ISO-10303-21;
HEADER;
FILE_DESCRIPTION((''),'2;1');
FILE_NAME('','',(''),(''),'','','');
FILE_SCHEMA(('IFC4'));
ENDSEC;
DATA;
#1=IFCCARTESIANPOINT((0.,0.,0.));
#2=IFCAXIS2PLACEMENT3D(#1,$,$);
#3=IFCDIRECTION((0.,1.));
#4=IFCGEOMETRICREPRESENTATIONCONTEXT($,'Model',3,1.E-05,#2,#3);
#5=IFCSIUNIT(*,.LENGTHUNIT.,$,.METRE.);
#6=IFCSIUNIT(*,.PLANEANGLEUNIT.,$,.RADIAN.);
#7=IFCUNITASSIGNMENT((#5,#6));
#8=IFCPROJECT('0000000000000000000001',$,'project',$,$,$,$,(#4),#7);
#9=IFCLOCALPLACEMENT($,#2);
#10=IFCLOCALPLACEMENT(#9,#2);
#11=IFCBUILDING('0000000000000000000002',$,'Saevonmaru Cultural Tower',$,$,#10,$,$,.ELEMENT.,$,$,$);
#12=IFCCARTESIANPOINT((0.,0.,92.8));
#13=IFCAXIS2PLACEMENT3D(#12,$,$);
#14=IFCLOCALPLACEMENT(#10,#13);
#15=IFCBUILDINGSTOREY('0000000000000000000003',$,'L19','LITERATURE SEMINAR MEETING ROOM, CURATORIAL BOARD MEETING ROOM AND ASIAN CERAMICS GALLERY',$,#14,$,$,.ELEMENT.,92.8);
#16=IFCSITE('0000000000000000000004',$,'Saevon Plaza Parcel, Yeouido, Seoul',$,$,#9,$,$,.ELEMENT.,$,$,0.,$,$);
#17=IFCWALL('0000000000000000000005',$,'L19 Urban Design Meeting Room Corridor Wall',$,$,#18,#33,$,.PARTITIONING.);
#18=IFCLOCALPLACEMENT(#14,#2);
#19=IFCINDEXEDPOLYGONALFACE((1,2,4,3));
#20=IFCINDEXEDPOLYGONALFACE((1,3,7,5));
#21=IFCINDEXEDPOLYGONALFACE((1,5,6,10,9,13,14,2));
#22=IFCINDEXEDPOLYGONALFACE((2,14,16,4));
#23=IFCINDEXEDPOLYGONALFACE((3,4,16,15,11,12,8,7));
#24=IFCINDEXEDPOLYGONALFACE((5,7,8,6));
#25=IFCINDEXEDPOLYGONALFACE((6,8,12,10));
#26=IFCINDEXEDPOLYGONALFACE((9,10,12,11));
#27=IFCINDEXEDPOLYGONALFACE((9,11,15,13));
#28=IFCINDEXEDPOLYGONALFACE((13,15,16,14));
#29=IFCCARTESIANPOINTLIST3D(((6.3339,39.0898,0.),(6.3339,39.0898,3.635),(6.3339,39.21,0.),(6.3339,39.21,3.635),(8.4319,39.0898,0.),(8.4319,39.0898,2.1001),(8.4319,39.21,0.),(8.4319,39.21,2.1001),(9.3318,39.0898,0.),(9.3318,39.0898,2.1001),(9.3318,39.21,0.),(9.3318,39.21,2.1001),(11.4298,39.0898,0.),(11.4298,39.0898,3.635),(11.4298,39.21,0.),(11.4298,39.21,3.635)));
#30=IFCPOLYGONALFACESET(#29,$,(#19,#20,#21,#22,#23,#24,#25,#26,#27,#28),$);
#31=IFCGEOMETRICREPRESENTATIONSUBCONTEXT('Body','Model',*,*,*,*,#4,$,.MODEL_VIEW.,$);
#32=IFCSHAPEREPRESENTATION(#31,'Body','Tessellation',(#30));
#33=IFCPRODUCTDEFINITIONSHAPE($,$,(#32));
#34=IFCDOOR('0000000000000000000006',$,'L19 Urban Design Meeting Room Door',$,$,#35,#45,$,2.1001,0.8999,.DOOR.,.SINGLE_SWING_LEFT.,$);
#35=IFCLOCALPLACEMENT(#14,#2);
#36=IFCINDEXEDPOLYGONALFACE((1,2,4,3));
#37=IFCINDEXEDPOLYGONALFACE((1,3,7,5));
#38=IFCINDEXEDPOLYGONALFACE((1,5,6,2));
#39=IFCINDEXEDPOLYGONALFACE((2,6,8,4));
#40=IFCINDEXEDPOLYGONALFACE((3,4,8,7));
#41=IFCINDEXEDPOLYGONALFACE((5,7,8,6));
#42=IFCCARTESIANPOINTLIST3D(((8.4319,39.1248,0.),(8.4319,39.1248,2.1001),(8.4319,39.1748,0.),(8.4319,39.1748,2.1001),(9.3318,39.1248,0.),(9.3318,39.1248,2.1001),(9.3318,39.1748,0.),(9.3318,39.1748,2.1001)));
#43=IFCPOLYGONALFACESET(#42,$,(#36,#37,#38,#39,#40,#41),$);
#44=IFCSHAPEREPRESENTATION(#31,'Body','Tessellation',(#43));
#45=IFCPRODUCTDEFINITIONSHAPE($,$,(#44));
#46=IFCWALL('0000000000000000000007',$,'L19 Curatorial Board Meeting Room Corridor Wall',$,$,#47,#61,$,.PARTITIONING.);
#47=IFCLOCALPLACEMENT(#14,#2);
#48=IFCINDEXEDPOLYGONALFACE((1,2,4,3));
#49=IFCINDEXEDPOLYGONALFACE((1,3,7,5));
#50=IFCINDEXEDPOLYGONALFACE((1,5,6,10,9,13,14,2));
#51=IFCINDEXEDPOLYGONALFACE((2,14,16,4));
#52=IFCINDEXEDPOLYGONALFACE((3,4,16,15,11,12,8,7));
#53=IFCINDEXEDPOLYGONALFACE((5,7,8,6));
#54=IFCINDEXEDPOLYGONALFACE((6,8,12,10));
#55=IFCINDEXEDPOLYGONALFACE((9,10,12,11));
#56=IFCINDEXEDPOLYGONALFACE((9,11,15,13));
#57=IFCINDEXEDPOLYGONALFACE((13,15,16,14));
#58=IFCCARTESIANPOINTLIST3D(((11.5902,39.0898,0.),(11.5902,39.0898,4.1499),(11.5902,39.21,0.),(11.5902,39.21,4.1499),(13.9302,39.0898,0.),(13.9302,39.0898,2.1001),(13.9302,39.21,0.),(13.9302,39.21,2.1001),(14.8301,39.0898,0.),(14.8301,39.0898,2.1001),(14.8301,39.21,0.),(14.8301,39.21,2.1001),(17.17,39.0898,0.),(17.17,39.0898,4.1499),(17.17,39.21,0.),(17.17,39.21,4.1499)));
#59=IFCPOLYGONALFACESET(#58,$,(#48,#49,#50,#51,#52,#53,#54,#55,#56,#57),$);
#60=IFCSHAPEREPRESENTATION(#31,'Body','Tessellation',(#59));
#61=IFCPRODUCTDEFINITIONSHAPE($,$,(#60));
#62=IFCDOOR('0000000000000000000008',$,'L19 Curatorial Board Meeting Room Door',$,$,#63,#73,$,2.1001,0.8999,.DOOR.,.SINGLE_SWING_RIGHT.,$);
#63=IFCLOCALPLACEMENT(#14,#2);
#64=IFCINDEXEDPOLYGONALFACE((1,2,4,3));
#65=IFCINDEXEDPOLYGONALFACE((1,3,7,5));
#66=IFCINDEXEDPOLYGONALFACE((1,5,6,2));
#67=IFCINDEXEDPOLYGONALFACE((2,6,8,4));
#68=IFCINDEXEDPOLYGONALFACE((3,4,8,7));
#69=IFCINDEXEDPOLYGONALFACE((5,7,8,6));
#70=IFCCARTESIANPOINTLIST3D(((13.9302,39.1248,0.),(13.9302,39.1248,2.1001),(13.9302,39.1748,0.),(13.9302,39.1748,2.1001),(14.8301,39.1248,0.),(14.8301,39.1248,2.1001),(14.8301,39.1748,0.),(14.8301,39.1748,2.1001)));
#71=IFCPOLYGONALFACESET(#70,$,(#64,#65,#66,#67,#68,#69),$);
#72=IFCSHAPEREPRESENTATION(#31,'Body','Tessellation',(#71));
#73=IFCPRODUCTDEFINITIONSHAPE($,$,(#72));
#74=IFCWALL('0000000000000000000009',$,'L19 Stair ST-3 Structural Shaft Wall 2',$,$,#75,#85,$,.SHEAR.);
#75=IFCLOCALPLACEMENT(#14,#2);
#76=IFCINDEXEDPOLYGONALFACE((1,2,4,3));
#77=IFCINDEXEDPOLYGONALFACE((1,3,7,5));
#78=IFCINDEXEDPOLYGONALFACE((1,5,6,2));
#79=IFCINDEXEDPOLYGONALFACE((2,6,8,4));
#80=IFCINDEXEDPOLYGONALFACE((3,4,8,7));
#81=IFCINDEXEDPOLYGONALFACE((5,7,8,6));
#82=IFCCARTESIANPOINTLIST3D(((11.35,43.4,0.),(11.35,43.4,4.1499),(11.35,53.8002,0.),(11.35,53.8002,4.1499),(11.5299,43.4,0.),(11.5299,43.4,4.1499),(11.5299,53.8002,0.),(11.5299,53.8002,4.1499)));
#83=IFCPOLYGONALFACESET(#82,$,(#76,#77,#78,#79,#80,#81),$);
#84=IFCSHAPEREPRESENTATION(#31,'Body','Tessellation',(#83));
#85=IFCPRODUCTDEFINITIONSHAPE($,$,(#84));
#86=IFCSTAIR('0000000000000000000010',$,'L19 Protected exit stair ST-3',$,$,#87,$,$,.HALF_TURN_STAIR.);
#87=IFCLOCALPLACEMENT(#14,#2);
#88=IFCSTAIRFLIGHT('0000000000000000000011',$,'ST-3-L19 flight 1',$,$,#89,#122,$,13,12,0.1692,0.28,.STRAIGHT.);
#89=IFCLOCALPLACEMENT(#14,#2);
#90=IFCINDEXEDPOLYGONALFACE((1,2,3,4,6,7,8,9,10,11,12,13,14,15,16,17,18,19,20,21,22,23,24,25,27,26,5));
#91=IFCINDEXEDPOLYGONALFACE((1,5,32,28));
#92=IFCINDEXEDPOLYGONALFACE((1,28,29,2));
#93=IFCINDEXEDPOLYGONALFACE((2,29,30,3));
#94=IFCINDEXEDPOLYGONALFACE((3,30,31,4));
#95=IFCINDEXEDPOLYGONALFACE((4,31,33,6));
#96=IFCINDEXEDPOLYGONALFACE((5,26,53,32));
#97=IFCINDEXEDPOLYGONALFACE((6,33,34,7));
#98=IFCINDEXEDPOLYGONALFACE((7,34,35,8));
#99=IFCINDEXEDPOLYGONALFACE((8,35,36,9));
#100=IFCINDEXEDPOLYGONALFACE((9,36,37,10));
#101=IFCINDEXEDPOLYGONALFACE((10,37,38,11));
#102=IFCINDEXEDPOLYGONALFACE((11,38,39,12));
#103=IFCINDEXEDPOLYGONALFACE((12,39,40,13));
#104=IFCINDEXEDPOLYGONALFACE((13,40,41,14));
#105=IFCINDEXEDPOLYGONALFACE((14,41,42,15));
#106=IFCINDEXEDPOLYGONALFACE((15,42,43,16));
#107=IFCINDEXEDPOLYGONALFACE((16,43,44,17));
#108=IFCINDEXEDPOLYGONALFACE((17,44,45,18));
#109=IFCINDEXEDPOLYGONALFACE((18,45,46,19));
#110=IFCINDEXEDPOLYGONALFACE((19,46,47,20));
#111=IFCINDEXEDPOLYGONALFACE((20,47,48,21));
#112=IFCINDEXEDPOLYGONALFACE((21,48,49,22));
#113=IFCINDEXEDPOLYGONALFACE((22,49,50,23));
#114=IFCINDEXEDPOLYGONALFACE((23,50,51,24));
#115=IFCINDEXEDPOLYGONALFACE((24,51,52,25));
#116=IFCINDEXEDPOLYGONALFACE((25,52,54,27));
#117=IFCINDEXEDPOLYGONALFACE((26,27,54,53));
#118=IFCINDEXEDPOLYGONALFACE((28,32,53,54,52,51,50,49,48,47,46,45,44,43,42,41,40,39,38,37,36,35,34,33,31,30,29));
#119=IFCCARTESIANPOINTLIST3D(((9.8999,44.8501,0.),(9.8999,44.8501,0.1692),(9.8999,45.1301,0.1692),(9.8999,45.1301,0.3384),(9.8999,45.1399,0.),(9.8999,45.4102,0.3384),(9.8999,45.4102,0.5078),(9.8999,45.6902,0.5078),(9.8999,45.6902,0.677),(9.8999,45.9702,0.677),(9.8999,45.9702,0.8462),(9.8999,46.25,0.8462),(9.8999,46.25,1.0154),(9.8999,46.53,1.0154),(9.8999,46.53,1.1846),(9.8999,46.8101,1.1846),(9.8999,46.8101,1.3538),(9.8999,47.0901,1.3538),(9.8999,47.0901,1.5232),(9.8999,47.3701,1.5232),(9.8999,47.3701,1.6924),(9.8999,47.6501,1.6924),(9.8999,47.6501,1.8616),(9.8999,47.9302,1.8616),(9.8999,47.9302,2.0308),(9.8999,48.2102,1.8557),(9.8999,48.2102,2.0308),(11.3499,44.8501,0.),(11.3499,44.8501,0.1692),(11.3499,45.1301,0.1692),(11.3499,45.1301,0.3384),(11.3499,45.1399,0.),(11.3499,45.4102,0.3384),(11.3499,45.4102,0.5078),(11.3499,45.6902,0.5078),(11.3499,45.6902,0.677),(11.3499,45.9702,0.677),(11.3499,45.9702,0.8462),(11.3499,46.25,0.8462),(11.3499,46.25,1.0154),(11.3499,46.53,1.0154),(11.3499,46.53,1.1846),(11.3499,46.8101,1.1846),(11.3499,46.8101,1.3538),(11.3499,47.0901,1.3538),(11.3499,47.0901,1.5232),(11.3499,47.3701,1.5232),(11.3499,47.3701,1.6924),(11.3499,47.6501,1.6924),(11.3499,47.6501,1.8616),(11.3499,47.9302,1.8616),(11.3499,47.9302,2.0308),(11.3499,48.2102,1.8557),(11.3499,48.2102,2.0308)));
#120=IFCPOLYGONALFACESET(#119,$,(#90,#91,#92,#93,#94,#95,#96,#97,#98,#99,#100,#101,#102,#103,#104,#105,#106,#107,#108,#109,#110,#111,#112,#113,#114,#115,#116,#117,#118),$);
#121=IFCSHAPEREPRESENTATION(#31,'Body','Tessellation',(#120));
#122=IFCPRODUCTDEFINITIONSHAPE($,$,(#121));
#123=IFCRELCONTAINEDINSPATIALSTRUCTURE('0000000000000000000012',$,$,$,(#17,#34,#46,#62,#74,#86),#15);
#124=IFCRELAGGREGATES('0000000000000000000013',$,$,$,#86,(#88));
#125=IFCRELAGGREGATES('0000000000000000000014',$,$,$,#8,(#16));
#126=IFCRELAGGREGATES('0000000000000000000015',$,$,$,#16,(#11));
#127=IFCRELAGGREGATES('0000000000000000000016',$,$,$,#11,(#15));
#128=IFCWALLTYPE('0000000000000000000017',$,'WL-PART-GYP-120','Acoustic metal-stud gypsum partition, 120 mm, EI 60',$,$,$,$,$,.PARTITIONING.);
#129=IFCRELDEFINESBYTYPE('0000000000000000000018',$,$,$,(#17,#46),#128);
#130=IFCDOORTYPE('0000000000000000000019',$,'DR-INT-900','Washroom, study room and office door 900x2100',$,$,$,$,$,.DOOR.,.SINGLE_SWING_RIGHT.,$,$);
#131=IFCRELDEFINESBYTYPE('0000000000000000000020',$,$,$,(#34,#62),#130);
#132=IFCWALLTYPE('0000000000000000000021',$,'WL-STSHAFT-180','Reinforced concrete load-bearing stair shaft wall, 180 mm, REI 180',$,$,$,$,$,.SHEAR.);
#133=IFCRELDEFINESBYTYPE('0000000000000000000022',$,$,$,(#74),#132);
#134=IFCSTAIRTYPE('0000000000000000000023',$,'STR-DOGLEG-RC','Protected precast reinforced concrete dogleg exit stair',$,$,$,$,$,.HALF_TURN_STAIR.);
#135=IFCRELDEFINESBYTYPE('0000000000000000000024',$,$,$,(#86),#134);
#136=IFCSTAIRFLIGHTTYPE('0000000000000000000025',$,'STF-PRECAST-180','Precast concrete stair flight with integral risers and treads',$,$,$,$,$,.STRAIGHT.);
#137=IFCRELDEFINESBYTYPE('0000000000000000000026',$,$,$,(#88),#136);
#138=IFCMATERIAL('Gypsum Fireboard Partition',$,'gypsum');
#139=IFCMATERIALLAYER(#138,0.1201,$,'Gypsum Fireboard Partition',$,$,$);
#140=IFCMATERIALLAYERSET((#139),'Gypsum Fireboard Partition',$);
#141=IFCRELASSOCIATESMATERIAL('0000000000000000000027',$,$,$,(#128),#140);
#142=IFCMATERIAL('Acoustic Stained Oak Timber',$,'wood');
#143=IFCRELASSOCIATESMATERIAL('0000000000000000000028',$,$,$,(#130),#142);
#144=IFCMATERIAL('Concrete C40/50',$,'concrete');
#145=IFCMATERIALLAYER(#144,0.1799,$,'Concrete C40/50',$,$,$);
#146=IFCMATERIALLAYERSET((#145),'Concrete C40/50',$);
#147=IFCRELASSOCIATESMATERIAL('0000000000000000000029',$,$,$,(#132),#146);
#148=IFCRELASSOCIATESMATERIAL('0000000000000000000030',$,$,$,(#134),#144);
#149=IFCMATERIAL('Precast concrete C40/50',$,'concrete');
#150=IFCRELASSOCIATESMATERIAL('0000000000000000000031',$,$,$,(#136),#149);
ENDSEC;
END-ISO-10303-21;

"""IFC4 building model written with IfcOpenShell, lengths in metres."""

from ifc_helpers import new_model, si_unit, direction, frame, frame_2d, origin, place, context, subcontext, project, spatial, polyline, rectangle, outline, extrude, material, layer, layer_set, type_object, element, fill, aggregate, save


model = new_model("IFC4")

# Units and contexts
model_context = context("Model", 3, precision=1e-05, world=origin(), true_north=direction((0.0, 1.0)))
body_context = subcontext(model_context, "Body", "Model", "MODEL_VIEW")
ifc_project = project(units=[si_unit("LENGTHUNIT", "METRE"), si_unit("PLANEANGLEUNIT", "RADIAN")], contexts=[model_context])

# Site, building, storey
site_placement = place(None, origin())
site = spatial("IfcSite", under=ifc_project, at=site_placement, Name="Saevon Plaza Parcel, Yeouido, Seoul", CompositionType="ELEMENT", RefElevation=0.0)
building_placement = place(site_placement, origin())
building = spatial("IfcBuilding", under=site, at=building_placement, Name="Saevonmaru Cultural Tower", CompositionType="ELEMENT")
storey_placement = place(building_placement, frame((0.0, 0.0, 92.8)))
storey = spatial("IfcBuildingStorey", under=building, at=storey_placement, Name="L19", Description="LITERATURE SEMINAR MEETING ROOM, CURATORIAL BOARD MEETING ROOM AND ASIAN CERAMICS GALLERY", CompositionType="ELEMENT", Elevation=92.8)

# Shared definitions
ifc_material_1 = material(Name="Gypsum Fireboard Partition", Category="gypsum")
ifc_layer_1 = layer(ifc_material_1, 0.1201, Name="Gypsum Fireboard Partition")
ifc_layer_set_1 = layer_set([ifc_layer_1], Name="Gypsum Fireboard Partition")
wall_type_1 = type_object("IfcWallType", Name="WL-PART-GYP-120", Description="Acoustic metal-stud gypsum partition, 120 mm, EI 60", PredefinedType="PARTITIONING", material=ifc_layer_set_1)

# Walls, openings, doors
wall_1_placement = place(storey_placement, frame((6.334, 39.1499, 0.0), z_axis=(0.0, 0.0, 1.0), x_axis=(1.0, 0.0, 0.0)))
wall_1 = element("IfcWall", 1, at=wall_1_placement, inside=storey, type_object=wall_type_1, Name="L19 Urban Design Meeting Room Corridor Wall", PredefinedType="PARTITIONING", context=body_context, shape_type="SweptSolid", body=[
    extrude(rectangle(XDim=5.0959, YDim=0.1201, at=frame_2d((2.5479, 0.0))), origin(), (0.0, 0.0, 1.0), 3.635),
])
opening_1_placement = place(wall_1_placement, frame((2.0979, 0.0, 0.0)))
opening_1 = element("IfcOpeningElement", 2, at=opening_1_placement, cuts=wall_1, PredefinedType="OPENING", context=body_context, shape_type="SweptSolid", body=[
    extrude(rectangle(XDim=0.8999, YDim=2.1001, at=frame_2d((0.45, 1.05))), frame((0.0, 0.0701, 0.0), z_axis=(0.0, -1.0, 0.0), x_axis=(1.0, 0.0, 0.0)), (0.0, 0.0, 1.0), 0.1401),
])
ifc_material_2 = material(Name="Acoustic Stained Oak Timber", Category="wood")
door_type_1 = type_object("IfcDoorType", Name="DR-INT-900", Description="Washroom, study room and office door 900x2100", OperationType="SINGLE_SWING_RIGHT", PredefinedType="DOOR", material=ifc_material_2)
door_1_placement = place(opening_1_placement, origin())
door_1 = element("IfcDoor", 3, at=door_1_placement, inside=storey, type_object=door_type_1, Name="L19 Urban Design Meeting Room Door", OperationType="SINGLE_SWING_LEFT", OverallHeight=2.1001, OverallWidth=0.8999, PredefinedType="DOOR", context=body_context, shape_type="SweptSolid", body=[
    extrude(rectangle(XDim=0.8999, YDim=2.1001, at=frame_2d((0.45, 1.05))), frame((0.0, 0.0249, 0.0), z_axis=(0.0, -1.0, 0.0), x_axis=(1.0, 0.0, 0.0)), (0.0, 0.0, 1.0), 0.05),
])
fill(opening_1, door_1)
wall_2_placement = place(storey_placement, frame((11.5901, 39.1499, 0.0), z_axis=(0.0, 0.0, 1.0), x_axis=(1.0, 0.0, 0.0)))
wall_2 = element("IfcWall", 4, at=wall_2_placement, inside=storey, type_object=wall_type_1, Name="L19 Curatorial Board Meeting Room Corridor Wall", PredefinedType="PARTITIONING", context=body_context, shape_type="SweptSolid", body=[
    extrude(rectangle(XDim=5.5798, YDim=0.1201, at=frame_2d((2.79, 0.0))), origin(), (0.0, 0.0, 1.0), 4.1499),
])
opening_2_placement = place(wall_2_placement, frame((2.3401, 0.0, 0.0)))
opening_2 = element("IfcOpeningElement", 5, at=opening_2_placement, cuts=wall_2, PredefinedType="OPENING", context=body_context, shape_type="SweptSolid", body=[
    extrude(rectangle(XDim=0.8999, YDim=2.1001, at=frame_2d((0.45, 1.05))), frame((0.0, 0.0701, 0.0), z_axis=(0.0, -1.0, 0.0), x_axis=(1.0, 0.0, 0.0)), (0.0, 0.0, 1.0), 0.1401),
])
door_2_placement = place(opening_2_placement, origin())
door_2 = element("IfcDoor", 6, at=door_2_placement, inside=storey, type_object=door_type_1, Name="L19 Curatorial Board Meeting Room Door", OperationType="SINGLE_SWING_RIGHT", OverallHeight=2.1001, OverallWidth=0.8999, PredefinedType="DOOR", context=body_context, shape_type="SweptSolid", body=[
    extrude(rectangle(XDim=0.8999, YDim=2.1001, at=frame_2d((0.45, 1.05))), frame((0.0, 0.0249, 0.0), z_axis=(0.0, -1.0, 0.0), x_axis=(1.0, 0.0, 0.0)), (0.0, 0.0, 1.0), 0.05),
])
fill(opening_2, door_2)
ifc_material_3 = material(Name="Concrete C40/50", Category="concrete")
ifc_layer_2 = layer(ifc_material_3, 0.1799, Name="Concrete C40/50")
ifc_layer_set_2 = layer_set([ifc_layer_2], Name="Concrete C40/50")
wall_type_2 = type_object("IfcWallType", Name="WL-STSHAFT-180", Description="Reinforced concrete load-bearing stair shaft wall, 180 mm, REI 180", PredefinedType="SHEAR", material=ifc_layer_set_2)

# Wall
wall_3_placement = place(storey_placement, frame((11.4399, 43.3999, 0.0), z_axis=(0.0, 0.0, 1.0), x_axis=(0.0, 1.0, 0.0)))
element("IfcWall", 7, at=wall_3_placement, inside=storey, type_object=wall_type_2, Name="L19 Stair ST-3 Structural Shaft Wall 2", PredefinedType="SHEAR", context=body_context, shape_type="SweptSolid", body=[
    extrude(rectangle(XDim=10.4001, YDim=0.1799, at=frame_2d((5.2002, 0.0))), origin(), (0.0, 0.0, 1.0), 4.1499),
])

# Stair, stair flight
stair_type = type_object("IfcStairType", Name="STR-DOGLEG-RC", Description="Protected precast reinforced concrete dogleg exit stair", PredefinedType="HALF_TURN_STAIR", material=ifc_material_3)
stair_placement = place(storey_placement, origin())
stair = element("IfcStair", 8, at=stair_placement, inside=storey, type_object=stair_type, Name="L19 Protected exit stair ST-3", PredefinedType="HALF_TURN_STAIR")
ifc_material_4 = material(Name="Precast concrete C40/50", Category="concrete")
stair_flight_type = type_object("IfcStairFlightType", Name="STF-PRECAST-180", Description="Precast concrete stair flight with integral risers and treads", PredefinedType="STRAIGHT", material=ifc_material_4)
stair_flight_placement = place(storey_placement, frame((10.625, 44.8501, 0.0), z_axis=(0.0, 0.0, 1.0), x_axis=(0.0, 1.0, 0.0)))
stair_flight = element("IfcStairFlight", 9, at=stair_flight_placement, type_object=stair_flight_type, Name="ST-3-L19 flight 1", NumberOfRisers=13, NumberOfTreads=12, PredefinedType="STRAIGHT", RiserHeight=0.1692, TreadLength=0.28, context=body_context, shape_type="SweptSolid", body=[
    extrude(outline(polyline([(0.0, 0.0), (0.0, 0.1692), (0.28, 0.1692), (0.28, 0.3384), (0.5601, 0.3384), (0.5601, 0.5078), (0.8401, 0.5078), (0.8401, 0.677), (1.1201, 0.677), (1.1201, 0.8462), (1.3999, 0.8462), (1.3999, 1.0154), (1.6799, 1.0154), (1.6799, 1.1846), (1.96, 1.1846), (1.96, 1.3538), (2.24, 1.3538), (2.24, 1.5232), (2.52, 1.5232), (2.52, 1.6924), (2.8, 1.6924), (2.8, 1.8616), (3.0801, 1.8616), (3.0801, 2.0308), (3.3601, 2.0308), (3.3601, 2.2), (3.3601, 1.8557), (0.2898, 0.0), (0.0, 0.0)])), frame((0.0, 0.7251, 0.0), z_axis=(0.0, -1.0, 0.0), x_axis=(1.0, 0.0, 0.0)), (0.0, 0.0, 1.0), 1.45),
])
aggregate(stair, [stair_flight])

save(model, "model.ifc")
